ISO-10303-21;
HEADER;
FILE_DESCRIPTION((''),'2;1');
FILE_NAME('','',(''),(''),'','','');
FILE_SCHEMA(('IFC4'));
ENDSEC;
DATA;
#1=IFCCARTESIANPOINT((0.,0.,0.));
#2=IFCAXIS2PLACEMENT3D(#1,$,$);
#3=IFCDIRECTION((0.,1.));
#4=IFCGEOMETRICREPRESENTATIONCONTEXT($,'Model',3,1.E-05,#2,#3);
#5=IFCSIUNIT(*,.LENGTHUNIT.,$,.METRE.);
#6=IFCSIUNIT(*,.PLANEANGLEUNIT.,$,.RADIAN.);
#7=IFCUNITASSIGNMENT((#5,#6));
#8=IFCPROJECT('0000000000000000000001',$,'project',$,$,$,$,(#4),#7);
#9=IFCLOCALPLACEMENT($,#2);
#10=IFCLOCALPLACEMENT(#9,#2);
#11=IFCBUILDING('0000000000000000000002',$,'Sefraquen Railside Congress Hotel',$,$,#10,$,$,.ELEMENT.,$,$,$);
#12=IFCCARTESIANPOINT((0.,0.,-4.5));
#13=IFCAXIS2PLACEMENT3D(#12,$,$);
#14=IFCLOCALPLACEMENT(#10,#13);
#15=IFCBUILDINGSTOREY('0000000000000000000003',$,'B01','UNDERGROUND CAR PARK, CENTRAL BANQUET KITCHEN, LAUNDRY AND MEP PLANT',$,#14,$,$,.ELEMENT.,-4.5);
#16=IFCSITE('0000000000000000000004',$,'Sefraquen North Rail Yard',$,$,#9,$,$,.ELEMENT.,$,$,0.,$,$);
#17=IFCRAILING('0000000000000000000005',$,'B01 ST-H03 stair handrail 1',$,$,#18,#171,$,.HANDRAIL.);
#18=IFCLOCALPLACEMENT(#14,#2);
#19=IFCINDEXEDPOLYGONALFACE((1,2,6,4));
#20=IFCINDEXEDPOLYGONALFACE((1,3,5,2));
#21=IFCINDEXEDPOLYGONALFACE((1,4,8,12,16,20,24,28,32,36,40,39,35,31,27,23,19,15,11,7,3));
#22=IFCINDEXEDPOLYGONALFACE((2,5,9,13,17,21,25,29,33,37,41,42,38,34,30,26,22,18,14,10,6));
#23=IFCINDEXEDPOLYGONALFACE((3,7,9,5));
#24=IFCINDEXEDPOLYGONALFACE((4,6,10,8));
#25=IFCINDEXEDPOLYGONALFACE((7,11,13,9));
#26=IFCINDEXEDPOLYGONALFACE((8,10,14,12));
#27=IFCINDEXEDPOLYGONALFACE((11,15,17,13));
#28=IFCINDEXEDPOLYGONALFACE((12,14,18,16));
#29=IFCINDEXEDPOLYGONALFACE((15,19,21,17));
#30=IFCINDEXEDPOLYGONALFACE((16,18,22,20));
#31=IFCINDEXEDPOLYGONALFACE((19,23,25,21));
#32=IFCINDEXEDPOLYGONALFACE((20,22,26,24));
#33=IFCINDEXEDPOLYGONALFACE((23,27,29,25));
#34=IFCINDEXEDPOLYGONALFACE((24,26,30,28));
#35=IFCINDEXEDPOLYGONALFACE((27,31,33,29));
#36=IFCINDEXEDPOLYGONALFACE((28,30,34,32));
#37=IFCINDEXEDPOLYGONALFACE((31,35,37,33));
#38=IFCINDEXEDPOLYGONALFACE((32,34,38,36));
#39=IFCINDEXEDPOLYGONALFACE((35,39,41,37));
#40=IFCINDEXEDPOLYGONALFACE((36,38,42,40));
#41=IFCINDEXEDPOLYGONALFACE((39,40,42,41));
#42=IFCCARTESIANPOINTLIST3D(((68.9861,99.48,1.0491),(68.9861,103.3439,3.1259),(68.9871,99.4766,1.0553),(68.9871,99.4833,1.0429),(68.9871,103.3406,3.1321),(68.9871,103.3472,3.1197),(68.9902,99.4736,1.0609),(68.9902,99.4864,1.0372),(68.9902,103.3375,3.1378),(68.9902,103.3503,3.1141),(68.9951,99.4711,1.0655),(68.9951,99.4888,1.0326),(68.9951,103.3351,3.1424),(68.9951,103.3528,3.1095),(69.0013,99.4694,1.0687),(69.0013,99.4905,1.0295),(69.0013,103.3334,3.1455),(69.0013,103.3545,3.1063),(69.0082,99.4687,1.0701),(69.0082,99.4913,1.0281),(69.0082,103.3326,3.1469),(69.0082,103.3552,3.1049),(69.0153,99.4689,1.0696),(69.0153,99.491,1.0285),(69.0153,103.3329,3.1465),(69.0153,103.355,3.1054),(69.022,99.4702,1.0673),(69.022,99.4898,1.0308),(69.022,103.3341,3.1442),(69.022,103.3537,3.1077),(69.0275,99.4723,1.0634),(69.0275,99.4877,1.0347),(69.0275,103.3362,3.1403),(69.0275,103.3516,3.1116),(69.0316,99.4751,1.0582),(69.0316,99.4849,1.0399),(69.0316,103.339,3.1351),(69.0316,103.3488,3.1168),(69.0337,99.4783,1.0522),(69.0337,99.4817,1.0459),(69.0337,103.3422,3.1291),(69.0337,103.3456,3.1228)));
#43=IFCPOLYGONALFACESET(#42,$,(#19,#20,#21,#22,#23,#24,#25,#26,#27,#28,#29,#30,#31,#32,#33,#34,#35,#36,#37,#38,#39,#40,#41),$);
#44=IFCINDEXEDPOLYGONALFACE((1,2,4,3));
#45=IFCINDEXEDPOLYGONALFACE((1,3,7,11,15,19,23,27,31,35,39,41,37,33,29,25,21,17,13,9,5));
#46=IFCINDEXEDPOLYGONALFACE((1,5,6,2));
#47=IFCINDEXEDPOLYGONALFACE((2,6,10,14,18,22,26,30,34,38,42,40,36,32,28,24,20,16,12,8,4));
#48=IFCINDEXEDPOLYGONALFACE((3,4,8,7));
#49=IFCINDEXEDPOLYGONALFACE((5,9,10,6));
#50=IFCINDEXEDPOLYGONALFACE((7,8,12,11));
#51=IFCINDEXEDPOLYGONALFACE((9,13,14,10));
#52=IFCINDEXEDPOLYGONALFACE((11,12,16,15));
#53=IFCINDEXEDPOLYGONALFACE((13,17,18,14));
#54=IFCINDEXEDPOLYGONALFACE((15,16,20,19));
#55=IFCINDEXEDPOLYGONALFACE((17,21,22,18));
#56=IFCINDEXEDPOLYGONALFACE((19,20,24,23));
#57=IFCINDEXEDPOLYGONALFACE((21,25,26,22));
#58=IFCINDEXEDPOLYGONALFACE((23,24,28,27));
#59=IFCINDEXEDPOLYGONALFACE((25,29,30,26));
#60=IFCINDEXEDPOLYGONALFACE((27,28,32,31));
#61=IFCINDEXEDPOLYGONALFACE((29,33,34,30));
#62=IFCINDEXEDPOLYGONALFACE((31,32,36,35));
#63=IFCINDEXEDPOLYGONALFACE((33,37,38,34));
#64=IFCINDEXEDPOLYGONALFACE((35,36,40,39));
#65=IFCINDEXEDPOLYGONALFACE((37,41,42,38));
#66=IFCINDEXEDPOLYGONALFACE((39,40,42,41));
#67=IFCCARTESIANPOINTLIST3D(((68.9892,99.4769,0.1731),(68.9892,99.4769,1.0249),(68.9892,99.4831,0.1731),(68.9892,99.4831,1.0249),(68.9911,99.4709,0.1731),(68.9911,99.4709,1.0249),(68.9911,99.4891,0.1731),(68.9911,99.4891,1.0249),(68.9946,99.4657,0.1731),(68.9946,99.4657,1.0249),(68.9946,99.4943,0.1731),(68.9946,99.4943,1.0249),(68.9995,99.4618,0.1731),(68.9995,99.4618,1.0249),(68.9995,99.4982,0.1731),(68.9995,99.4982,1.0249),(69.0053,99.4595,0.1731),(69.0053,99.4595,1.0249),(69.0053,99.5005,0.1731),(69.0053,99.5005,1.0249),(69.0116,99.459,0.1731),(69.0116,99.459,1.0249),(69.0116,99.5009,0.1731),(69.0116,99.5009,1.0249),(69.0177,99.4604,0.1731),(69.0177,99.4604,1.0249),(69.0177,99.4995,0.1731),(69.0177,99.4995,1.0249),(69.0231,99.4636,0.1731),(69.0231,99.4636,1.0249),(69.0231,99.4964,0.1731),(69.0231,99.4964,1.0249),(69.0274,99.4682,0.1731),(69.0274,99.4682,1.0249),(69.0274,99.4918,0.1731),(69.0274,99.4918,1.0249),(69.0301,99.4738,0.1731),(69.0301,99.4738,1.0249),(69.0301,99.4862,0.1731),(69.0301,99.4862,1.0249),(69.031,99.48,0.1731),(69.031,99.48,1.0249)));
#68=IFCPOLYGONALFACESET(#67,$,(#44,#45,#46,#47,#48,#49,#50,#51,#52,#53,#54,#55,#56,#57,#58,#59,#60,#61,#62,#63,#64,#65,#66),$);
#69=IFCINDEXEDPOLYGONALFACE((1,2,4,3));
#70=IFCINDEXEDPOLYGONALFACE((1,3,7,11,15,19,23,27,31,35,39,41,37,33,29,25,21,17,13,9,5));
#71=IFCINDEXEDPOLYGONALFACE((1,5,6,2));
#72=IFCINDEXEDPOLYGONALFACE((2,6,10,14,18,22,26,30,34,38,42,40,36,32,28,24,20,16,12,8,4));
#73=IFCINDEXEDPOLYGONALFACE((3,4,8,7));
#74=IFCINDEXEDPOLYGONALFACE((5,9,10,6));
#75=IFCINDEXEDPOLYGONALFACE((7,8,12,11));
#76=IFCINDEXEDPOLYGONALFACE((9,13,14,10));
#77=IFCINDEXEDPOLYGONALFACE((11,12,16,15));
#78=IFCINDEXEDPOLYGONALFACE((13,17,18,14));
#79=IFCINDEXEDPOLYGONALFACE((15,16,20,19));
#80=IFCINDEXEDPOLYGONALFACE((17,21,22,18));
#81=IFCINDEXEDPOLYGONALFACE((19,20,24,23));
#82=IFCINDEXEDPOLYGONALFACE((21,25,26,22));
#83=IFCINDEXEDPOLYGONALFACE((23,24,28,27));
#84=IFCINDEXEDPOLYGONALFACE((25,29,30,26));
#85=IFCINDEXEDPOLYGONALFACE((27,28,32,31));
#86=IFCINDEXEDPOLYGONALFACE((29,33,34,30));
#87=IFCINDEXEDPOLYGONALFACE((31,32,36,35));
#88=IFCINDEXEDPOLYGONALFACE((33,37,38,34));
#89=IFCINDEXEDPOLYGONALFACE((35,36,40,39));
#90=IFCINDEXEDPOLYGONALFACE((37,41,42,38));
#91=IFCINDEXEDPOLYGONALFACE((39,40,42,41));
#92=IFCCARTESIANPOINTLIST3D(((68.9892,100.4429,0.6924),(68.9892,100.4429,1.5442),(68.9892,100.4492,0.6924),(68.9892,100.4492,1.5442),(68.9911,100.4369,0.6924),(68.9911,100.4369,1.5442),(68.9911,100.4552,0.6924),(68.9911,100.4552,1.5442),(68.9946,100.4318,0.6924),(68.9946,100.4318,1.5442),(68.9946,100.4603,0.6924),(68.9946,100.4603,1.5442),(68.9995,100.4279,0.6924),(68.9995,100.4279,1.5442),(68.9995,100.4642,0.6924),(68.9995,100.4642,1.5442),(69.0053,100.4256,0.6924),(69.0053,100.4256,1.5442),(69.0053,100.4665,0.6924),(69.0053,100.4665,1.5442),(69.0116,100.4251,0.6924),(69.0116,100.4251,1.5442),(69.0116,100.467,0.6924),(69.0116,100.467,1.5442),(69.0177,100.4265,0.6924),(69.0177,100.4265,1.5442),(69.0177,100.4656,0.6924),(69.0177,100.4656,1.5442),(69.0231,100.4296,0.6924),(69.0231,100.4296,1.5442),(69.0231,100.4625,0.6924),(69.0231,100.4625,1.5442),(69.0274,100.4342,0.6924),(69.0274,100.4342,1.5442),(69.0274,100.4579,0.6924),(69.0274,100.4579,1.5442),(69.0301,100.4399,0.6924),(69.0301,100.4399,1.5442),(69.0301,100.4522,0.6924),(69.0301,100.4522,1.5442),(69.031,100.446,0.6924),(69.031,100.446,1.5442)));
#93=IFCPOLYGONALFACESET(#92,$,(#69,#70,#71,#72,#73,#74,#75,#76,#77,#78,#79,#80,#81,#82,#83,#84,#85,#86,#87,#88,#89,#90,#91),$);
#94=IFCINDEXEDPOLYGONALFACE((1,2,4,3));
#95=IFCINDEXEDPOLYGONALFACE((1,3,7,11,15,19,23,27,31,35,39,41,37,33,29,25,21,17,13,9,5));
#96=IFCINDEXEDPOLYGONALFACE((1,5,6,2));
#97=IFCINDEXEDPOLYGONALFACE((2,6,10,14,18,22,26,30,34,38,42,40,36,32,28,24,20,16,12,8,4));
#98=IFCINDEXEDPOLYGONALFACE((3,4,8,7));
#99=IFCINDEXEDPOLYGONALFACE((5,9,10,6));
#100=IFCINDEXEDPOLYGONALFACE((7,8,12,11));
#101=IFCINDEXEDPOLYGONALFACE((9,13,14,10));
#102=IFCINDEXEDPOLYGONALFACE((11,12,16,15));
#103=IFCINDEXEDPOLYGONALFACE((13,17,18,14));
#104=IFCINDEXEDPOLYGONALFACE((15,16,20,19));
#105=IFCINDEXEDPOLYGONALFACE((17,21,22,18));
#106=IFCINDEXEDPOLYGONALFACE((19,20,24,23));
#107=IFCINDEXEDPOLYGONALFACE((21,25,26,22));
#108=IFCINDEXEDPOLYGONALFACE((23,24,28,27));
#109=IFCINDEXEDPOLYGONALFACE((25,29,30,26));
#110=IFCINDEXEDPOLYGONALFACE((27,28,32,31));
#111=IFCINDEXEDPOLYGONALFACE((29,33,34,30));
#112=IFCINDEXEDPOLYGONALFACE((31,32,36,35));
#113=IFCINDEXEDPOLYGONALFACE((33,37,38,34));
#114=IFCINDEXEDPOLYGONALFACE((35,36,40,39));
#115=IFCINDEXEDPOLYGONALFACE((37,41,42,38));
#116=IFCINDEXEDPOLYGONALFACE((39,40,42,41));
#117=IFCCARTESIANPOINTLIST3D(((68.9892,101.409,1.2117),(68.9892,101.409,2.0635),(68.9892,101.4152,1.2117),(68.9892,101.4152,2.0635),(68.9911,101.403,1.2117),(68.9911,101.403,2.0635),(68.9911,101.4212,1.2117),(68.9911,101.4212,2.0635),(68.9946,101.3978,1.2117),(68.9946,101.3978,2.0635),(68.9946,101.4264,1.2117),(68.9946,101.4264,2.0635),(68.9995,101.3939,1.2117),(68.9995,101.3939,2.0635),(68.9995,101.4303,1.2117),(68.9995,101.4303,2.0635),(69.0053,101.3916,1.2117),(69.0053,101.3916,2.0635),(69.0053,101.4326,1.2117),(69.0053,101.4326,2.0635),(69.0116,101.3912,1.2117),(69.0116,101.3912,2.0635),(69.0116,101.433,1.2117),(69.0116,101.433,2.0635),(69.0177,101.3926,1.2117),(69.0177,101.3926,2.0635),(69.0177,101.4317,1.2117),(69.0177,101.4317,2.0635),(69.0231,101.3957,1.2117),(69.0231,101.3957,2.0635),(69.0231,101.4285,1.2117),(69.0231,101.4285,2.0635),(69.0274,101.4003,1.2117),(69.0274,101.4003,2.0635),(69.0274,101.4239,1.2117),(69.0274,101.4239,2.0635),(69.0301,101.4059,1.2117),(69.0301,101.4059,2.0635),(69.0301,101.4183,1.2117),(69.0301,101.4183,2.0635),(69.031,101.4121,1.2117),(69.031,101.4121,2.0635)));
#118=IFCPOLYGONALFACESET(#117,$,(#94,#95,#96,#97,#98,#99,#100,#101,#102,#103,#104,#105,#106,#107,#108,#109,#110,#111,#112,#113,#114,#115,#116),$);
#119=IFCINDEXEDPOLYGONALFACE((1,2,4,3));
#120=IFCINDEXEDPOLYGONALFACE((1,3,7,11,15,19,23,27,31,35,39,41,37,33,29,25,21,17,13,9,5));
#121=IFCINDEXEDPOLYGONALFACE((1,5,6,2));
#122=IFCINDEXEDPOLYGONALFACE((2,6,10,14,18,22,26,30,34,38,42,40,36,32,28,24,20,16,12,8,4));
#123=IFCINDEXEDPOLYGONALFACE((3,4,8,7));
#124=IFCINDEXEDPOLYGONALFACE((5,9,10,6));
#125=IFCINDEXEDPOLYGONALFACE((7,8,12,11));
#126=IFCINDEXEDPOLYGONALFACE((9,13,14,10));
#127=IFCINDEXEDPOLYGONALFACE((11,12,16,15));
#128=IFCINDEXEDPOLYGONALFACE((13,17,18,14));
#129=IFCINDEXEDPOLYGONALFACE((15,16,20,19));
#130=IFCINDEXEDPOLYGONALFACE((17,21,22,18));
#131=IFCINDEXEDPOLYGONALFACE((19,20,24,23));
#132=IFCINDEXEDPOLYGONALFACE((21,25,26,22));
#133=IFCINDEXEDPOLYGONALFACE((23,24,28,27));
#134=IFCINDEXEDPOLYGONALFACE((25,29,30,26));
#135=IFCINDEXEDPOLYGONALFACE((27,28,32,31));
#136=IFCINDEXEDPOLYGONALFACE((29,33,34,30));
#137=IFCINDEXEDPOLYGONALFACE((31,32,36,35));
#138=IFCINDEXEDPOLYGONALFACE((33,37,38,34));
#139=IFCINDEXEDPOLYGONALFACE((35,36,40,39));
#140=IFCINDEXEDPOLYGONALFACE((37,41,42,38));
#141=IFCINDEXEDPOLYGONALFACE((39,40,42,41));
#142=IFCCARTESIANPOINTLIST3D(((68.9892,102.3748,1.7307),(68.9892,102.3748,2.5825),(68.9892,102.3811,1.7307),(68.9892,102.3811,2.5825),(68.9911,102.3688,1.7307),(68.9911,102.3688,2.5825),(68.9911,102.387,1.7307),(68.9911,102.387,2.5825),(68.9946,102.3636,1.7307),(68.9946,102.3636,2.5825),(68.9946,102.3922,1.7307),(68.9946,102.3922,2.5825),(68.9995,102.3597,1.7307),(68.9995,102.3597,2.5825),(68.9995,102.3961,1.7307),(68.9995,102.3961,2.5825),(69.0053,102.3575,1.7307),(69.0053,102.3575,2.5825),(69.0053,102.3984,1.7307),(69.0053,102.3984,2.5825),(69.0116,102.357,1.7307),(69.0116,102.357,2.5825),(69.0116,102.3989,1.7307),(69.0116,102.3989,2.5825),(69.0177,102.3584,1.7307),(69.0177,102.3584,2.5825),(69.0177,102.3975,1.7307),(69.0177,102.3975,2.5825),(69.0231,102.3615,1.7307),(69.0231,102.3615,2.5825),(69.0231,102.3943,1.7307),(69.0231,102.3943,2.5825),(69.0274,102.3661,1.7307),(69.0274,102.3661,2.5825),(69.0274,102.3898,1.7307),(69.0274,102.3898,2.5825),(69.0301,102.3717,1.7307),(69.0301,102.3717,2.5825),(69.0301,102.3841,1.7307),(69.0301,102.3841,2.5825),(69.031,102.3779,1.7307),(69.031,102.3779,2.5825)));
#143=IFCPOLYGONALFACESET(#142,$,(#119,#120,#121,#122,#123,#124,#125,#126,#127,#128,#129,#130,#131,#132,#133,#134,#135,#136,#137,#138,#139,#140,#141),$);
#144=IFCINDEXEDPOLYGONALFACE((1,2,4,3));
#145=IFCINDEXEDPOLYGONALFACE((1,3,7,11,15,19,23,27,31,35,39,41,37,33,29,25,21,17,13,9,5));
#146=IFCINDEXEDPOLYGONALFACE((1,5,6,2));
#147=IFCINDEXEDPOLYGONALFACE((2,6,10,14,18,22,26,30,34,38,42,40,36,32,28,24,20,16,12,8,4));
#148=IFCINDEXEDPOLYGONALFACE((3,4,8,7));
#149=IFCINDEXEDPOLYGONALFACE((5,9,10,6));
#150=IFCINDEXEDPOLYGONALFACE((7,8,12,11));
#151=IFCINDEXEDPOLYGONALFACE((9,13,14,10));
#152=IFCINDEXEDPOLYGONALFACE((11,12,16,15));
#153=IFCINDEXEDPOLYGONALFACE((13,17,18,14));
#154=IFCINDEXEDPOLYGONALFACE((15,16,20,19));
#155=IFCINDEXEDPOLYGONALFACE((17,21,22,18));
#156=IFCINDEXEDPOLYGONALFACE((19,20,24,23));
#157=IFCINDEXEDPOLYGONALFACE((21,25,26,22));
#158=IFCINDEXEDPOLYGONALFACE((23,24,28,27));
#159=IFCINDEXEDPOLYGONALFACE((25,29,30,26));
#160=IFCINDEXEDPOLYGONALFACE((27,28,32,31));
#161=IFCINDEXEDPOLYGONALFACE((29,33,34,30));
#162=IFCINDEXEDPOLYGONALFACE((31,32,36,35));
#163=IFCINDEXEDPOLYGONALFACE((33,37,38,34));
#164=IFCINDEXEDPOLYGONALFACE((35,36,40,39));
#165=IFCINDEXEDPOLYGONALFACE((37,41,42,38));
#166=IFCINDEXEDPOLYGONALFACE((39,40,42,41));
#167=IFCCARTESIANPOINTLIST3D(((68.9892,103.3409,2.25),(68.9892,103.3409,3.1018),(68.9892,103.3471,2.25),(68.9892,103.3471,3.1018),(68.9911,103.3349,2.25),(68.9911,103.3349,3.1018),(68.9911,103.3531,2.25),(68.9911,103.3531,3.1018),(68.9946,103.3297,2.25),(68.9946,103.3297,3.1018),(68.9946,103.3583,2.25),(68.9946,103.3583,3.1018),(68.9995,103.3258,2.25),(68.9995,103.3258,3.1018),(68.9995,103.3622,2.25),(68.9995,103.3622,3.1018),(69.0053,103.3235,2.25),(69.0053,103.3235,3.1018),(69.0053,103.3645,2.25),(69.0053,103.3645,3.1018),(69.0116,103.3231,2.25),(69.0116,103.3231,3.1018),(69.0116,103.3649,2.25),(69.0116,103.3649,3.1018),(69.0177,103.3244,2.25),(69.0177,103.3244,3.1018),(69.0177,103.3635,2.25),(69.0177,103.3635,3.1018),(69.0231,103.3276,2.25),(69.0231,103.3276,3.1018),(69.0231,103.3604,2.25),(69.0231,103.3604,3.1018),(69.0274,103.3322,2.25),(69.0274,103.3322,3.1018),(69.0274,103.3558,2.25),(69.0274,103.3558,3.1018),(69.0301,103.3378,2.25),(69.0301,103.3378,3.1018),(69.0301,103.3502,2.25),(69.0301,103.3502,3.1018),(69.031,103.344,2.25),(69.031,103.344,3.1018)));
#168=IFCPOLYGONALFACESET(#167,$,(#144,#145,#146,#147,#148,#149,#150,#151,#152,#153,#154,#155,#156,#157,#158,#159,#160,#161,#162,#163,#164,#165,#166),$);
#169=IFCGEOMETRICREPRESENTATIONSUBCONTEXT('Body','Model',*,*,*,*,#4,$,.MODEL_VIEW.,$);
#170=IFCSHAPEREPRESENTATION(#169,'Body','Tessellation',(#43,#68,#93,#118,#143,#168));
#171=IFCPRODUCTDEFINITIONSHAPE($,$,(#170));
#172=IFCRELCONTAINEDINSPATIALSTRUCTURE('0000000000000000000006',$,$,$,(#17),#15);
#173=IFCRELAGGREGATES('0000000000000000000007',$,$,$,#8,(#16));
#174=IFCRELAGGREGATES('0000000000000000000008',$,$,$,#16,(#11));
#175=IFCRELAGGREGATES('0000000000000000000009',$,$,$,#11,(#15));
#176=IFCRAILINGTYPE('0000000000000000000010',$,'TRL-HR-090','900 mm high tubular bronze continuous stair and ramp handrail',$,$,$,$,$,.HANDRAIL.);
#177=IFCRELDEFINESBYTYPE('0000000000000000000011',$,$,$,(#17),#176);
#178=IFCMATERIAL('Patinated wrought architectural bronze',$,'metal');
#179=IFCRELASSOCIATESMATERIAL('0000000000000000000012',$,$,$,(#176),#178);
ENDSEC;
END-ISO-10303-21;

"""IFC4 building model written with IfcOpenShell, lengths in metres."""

from ifc_helpers import new_model, si_unit, direction, frame, origin, origin_2d, place, context, subcontext, project, spatial, circle, extrude, material, type_object, element, save


model = new_model("IFC4")

# Units and contexts
model_context = context("Model", 3, precision=1e-05, world=origin(), true_north=direction((0.0, 1.0)))
body_context = subcontext(model_context, "Body", "Model", "MODEL_VIEW")
ifc_project = project(units=[si_unit("LENGTHUNIT", "METRE"), si_unit("PLANEANGLEUNIT", "RADIAN")], contexts=[model_context])

# Site, building, storey
site_placement = place(None, origin())
site = spatial("IfcSite", under=ifc_project, at=site_placement, Name="Sefraquen North Rail Yard", CompositionType="ELEMENT", RefElevation=0.0)
building_placement = place(site_placement, origin())
building = spatial("IfcBuilding", under=site, at=building_placement, Name="Sefraquen Railside Congress Hotel", CompositionType="ELEMENT")
storey_placement = place(building_placement, frame((0.0, 0.0, -4.5)))
storey = spatial("IfcBuildingStorey", under=building, at=storey_placement, Name="B01", Description="UNDERGROUND CAR PARK, CENTRAL BANQUET KITCHEN, LAUNDRY AND MEP PLANT", CompositionType="ELEMENT", Elevation=-4.5)

# Railing
ifc_material_1 = material(Name="Patinated wrought architectural bronze", Category="metal")
railing_type_1 = type_object("IfcRailingType", Name="TRL-HR-090", Description="900 mm high tubular bronze continuous stair and ramp handrail", PredefinedType="HANDRAIL", material=ifc_material_1)
railing_1_placement = place(storey_placement, frame((69.01, 99.48, 0.1731)))
element("IfcRailing", 1, at=railing_1_placement, inside=storey, type_object=railing_type_1, Name="B01 ST-H03 stair handrail 1", PredefinedType="HANDRAIL", context=body_context, shape_type="SweptSolid", body=[
    extrude(circle(Radius=0.0239, at=origin_2d()), frame((0.0, 0.0, 0.876), z_axis=(0.0, 0.880825, 0.473443), x_axis=(-1.0, 0.0, 0.0)), (0.0, 0.0, 1.0), 4.3867),
    extrude(circle(Radius=0.021, at=origin_2d()), origin(), (0.0, 0.0, 1.0), 0.8518),
    extrude(circle(Radius=0.021, at=origin_2d()), frame((0.0, 0.9661, 0.5193)), (0.0, 0.0, 1.0), 0.8518),
    extrude(circle(Radius=0.021, at=origin_2d()), frame((0.0, 1.9321, 1.0386)), (0.0, 0.0, 1.0), 0.8518),
    extrude(circle(Radius=0.021, at=origin_2d()), frame((0.0, 2.8979, 1.5576)), (0.0, 0.0, 1.0), 0.8518),
    extrude(circle(Radius=0.021, at=origin_2d()), frame((0.0, 3.864, 2.0769)), (0.0, 0.0, 1.0), 0.8518),
])

save(model, "model.ifc")
